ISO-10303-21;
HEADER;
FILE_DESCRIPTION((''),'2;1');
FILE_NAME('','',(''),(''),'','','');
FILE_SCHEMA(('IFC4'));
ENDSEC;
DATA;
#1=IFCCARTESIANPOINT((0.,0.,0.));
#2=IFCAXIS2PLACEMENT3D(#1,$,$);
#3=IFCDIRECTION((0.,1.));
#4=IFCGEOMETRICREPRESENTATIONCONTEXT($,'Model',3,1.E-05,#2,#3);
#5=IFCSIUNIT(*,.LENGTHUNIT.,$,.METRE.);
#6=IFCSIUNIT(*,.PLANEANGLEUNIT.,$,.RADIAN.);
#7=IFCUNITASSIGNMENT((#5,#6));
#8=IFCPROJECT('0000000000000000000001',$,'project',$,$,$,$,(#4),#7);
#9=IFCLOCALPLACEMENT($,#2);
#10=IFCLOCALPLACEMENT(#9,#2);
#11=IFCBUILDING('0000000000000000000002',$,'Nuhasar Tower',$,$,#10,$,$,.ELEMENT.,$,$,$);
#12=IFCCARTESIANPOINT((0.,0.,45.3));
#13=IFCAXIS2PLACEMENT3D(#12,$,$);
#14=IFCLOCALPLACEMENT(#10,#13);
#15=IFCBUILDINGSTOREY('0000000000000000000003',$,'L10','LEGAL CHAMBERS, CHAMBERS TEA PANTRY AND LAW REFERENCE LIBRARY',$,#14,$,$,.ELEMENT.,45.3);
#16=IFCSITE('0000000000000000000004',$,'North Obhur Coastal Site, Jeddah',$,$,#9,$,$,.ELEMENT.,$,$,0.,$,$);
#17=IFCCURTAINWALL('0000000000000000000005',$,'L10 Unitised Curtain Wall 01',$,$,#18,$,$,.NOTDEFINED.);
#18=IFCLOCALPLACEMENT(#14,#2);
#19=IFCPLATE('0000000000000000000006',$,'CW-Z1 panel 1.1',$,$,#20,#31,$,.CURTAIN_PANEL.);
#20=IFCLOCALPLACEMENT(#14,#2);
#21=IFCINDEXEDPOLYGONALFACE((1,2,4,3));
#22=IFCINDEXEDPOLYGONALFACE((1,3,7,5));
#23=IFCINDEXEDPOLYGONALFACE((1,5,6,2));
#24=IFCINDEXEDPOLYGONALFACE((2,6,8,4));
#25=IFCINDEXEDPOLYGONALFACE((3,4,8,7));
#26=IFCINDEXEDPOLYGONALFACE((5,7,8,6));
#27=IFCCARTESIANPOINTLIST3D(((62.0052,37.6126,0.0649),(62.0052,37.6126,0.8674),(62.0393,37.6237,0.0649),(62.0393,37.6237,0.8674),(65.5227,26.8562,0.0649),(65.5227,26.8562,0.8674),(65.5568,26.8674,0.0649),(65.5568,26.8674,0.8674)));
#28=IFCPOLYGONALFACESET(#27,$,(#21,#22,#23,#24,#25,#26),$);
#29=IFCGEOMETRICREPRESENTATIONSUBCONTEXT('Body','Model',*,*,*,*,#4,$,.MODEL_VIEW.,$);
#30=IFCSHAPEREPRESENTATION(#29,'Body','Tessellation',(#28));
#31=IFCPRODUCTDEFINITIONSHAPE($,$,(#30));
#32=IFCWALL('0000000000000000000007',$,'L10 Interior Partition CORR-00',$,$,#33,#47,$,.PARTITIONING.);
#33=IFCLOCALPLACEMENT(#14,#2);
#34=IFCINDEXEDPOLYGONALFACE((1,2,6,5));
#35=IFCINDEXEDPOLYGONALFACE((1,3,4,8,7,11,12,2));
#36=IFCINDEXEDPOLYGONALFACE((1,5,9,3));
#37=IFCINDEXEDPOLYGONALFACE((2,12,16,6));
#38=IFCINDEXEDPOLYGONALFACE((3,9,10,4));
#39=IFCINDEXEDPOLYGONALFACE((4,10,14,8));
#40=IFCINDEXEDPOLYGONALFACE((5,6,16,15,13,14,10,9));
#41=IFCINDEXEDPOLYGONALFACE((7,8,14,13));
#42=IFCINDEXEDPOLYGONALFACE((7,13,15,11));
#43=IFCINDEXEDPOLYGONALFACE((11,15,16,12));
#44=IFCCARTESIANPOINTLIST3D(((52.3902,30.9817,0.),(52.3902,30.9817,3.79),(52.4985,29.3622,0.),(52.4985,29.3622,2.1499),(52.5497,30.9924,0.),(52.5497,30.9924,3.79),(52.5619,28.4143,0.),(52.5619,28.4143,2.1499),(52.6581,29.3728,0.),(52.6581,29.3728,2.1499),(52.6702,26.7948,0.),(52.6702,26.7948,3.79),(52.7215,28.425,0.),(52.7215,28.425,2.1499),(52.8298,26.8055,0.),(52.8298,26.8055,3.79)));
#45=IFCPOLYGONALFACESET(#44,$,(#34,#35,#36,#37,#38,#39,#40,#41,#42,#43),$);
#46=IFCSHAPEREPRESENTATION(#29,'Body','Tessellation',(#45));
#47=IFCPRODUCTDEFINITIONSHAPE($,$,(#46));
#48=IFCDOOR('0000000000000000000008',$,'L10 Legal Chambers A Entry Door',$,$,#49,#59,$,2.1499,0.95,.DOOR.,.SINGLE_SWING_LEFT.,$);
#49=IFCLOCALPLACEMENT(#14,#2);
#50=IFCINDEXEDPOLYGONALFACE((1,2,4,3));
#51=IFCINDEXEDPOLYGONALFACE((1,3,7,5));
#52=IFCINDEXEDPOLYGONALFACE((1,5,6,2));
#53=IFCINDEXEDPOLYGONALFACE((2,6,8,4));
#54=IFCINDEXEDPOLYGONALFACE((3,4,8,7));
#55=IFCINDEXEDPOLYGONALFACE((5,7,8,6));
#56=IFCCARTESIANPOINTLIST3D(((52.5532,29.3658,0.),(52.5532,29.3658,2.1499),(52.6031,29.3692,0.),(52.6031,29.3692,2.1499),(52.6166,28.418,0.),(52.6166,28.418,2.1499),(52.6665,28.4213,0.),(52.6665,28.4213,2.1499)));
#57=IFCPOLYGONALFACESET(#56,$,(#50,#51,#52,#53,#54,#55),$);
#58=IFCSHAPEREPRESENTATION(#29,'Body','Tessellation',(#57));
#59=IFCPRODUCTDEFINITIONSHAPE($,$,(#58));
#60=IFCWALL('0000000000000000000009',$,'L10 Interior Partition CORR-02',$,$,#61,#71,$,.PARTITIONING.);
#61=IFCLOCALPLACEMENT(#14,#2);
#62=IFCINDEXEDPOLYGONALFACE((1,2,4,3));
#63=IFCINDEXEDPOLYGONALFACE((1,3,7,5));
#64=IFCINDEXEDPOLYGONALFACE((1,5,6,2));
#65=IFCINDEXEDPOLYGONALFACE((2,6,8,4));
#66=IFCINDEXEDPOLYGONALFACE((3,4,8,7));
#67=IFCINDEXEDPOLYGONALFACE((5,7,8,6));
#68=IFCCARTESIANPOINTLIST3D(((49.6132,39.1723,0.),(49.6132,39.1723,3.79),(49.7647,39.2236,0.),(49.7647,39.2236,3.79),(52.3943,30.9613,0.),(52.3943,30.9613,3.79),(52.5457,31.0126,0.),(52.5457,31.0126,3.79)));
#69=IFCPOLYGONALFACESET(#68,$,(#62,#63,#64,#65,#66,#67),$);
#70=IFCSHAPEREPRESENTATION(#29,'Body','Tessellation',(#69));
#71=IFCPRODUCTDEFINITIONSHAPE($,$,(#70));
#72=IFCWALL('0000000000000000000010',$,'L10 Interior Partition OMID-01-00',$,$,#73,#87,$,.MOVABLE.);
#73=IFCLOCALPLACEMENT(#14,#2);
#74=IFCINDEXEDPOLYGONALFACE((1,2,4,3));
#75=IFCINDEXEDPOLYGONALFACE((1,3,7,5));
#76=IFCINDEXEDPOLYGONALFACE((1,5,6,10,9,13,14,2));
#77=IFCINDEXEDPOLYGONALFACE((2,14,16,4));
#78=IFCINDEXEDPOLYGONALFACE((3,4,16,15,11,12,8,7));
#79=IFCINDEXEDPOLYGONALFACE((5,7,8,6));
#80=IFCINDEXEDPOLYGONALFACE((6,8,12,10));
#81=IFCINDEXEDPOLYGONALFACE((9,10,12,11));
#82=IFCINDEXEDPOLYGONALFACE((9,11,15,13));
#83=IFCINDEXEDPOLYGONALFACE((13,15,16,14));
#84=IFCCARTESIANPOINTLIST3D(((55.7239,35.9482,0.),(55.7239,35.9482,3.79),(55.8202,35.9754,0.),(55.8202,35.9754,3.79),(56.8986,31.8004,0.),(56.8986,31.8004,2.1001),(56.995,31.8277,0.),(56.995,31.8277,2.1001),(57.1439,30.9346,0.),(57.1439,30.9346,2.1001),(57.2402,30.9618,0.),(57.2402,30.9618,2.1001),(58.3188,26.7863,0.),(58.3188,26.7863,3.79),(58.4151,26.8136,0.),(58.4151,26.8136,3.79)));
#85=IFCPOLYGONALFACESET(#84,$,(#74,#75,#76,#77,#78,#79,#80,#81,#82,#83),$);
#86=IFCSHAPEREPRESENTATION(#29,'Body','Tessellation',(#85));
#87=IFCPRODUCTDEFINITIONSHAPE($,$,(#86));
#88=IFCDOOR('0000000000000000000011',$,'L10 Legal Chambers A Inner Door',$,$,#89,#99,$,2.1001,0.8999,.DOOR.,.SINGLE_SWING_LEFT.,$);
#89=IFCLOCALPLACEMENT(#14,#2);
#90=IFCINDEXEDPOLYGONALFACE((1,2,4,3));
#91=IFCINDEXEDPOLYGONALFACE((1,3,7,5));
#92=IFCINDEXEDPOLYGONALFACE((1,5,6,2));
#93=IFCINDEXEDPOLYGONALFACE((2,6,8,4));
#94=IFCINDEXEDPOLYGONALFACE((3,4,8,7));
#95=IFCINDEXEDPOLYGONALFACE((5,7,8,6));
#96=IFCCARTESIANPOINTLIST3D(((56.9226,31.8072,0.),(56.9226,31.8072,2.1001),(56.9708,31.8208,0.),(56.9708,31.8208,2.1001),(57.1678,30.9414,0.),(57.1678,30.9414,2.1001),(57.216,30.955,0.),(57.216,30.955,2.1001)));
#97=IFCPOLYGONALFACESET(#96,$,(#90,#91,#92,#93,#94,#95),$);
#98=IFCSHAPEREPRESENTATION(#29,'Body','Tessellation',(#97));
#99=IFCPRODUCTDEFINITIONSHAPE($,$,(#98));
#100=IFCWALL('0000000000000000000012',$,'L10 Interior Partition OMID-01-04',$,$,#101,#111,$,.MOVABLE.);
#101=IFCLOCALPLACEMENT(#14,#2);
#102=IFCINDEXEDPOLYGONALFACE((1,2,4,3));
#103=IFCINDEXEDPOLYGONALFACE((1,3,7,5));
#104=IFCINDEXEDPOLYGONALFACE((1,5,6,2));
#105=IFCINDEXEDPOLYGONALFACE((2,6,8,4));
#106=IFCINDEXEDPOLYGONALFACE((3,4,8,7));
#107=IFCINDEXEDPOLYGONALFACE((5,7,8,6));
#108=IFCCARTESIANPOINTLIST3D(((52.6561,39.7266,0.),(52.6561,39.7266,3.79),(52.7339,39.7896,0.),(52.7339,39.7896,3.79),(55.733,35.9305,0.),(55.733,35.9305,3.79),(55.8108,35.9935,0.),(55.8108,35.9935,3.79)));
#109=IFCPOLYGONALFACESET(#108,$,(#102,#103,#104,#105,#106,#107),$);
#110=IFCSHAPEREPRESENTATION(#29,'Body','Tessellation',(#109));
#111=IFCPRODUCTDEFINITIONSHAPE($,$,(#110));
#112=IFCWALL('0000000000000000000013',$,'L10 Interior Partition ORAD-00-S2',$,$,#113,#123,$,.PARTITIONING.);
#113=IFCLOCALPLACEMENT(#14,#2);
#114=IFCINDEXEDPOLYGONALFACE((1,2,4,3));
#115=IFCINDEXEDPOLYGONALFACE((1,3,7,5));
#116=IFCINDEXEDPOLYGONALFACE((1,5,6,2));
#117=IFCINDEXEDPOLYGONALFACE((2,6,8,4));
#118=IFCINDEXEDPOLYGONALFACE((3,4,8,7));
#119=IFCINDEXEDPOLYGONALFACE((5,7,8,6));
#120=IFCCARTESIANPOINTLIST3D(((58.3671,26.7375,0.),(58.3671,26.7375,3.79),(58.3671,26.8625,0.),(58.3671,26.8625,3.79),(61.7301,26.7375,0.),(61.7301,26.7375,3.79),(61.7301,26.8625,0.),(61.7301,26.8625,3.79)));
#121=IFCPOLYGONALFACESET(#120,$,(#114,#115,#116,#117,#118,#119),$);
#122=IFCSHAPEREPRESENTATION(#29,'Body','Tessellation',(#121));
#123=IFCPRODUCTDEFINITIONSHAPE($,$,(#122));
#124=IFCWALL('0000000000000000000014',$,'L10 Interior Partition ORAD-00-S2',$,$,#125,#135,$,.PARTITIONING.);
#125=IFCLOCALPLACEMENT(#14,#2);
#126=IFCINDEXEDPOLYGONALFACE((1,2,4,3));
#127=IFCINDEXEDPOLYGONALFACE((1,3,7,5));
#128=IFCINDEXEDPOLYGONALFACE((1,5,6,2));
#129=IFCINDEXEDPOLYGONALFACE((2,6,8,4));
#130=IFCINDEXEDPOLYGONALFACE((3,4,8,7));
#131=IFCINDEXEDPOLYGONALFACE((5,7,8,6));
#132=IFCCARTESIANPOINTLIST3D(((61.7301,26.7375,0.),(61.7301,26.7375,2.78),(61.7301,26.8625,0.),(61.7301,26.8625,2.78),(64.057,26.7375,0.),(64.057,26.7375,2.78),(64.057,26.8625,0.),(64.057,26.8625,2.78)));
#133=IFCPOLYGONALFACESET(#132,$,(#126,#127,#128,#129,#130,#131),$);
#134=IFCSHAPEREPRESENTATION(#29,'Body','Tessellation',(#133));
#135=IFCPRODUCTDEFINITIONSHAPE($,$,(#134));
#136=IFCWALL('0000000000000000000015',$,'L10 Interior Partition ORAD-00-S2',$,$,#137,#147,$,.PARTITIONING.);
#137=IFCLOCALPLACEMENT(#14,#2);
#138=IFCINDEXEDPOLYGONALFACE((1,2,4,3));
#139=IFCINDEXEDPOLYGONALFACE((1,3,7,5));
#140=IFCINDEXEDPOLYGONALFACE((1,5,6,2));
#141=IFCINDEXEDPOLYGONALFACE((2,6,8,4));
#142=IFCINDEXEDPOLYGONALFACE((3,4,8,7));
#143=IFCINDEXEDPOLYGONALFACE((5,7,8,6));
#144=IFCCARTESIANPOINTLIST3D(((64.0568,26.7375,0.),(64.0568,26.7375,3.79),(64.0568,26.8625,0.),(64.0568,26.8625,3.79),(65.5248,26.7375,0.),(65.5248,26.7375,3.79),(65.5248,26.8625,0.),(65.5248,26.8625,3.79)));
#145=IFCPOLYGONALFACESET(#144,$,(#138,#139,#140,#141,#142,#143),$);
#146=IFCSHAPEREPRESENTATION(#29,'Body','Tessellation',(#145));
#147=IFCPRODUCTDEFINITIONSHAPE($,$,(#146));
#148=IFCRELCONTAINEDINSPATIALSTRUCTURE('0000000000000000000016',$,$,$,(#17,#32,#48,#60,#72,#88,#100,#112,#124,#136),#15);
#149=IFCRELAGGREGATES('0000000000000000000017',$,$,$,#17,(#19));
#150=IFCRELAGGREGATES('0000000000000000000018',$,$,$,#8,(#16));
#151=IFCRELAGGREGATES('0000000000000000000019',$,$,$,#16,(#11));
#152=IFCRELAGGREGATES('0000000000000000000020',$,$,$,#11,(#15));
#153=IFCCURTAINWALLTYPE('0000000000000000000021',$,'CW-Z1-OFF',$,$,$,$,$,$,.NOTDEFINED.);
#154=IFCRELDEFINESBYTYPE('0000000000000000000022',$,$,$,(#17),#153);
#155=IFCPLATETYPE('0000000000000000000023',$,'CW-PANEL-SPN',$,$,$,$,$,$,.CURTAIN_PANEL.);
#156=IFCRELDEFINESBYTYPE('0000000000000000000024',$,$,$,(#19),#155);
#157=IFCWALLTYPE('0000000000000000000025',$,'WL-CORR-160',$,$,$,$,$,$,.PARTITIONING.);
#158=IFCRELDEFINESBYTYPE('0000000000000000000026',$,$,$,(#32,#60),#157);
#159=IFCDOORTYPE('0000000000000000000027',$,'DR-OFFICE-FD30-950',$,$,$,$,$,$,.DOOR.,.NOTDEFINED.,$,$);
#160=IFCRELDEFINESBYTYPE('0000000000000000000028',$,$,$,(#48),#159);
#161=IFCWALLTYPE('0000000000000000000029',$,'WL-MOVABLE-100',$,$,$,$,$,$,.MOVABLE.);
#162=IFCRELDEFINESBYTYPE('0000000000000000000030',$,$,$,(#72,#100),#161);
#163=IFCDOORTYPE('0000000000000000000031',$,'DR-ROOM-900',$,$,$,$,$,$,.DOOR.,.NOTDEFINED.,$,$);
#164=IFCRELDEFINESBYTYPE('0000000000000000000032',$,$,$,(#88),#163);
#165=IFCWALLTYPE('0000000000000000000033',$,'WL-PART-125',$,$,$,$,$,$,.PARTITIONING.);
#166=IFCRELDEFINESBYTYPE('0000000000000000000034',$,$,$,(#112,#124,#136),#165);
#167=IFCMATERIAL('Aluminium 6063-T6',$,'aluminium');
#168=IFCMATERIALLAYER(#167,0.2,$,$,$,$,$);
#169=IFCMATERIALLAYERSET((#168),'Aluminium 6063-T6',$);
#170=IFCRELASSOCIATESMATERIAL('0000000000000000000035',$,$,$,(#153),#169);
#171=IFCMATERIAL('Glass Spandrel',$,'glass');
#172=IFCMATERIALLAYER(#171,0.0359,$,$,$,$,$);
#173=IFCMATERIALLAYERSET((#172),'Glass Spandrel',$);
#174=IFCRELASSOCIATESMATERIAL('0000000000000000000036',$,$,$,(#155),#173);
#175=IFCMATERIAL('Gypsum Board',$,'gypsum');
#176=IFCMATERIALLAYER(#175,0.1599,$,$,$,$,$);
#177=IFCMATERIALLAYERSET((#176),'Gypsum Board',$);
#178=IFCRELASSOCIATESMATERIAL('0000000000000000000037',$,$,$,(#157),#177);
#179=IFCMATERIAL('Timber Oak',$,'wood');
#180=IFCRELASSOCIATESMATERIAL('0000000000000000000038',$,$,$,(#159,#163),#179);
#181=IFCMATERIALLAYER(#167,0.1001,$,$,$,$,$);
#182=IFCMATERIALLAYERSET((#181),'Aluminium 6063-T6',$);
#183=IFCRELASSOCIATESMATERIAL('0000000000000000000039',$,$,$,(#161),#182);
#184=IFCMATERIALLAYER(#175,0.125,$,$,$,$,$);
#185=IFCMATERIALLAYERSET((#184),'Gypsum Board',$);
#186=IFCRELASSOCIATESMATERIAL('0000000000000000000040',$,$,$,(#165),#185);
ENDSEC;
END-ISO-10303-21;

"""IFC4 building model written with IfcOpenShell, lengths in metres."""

from ifc_helpers import new_model, si_unit, direction, frame, frame_2d, origin, origin_2d, place, context, subcontext, project, spatial, rectangle, extrude, material, layer, layer_set, type_object, element, fill, aggregate, save


model = new_model("IFC4")

# Units and contexts
model_context = context("Model", 3, precision=1e-05, world=origin(), true_north=direction((0.0, 1.0)))
body_context = subcontext(model_context, "Body", "Model", "MODEL_VIEW")
ifc_project = project(units=[si_unit("LENGTHUNIT", "METRE"), si_unit("PLANEANGLEUNIT", "RADIAN")], contexts=[model_context])

# Site, building, storey
site_placement = place(None, origin())
site = spatial("IfcSite", under=ifc_project, at=site_placement, Name="North Obhur Coastal Site, Jeddah", CompositionType="ELEMENT", RefElevation=0.0)
building_placement = place(site_placement, origin())
building = spatial("IfcBuilding", under=site, at=building_placement, Name="Nuhasar Tower", CompositionType="ELEMENT")
storey_placement = place(building_placement, frame((0.0, 0.0, 45.3)))
storey = spatial("IfcBuildingStorey", under=building, at=storey_placement, Name="L10", Description="LEGAL CHAMBERS, CHAMBERS TEA PANTRY AND LAW REFERENCE LIBRARY", CompositionType="ELEMENT", Elevation=45.3)

# Curtain wall
ifc_material_1 = material(Name="Aluminium 6063-T6", Category="aluminium")
ifc_layer_1 = layer(ifc_material_1, 0.2)
ifc_layer_set_1 = layer_set([ifc_layer_1], Name="Aluminium 6063-T6")
curtain_wall_type = type_object("IfcCurtainWallType", Name="CW-Z1-OFF", PredefinedType="NOTDEFINED", material=ifc_layer_set_1)
curtain_wall_placement = place(storey_placement, origin())
curtain_wall = element("IfcCurtainWall", 1, at=curtain_wall_placement, inside=storey, type_object=curtain_wall_type, Name="L10 Unitised Curtain Wall 01", PredefinedType="NOTDEFINED")

# Plate
ifc_material_2 = material(Name="Glass Spandrel", Category="glass")
ifc_layer_2 = layer(ifc_material_2, 0.0359)
ifc_layer_set_2 = layer_set([ifc_layer_2], Name="Glass Spandrel")
plate_type_1 = type_object("IfcPlateType", Name="CW-PANEL-SPN", PredefinedType="CURTAIN_PANEL", material=ifc_layer_set_2)
plate_1_placement = place(storey_placement, frame((63.781, 32.24, 0.0649), z_axis=(0.0, 0.0, 1.0), x_axis=(-0.310824, 0.950468, 0.0)))
plate_1 = element("IfcPlate", 2, at=plate_1_placement, type_object=plate_type_1, Name="CW-Z1 panel 1.1", PredefinedType="CURTAIN_PANEL", context=body_context, shape_type="SweptSolid", body=[
    extrude(rectangle(XDim=11.3169, YDim=0.0359, at=origin_2d()), origin(), (0.0, 0.0, 1.0), 0.8025),
])
aggregate(curtain_wall, [plate_1])

# Wall, opening, door
ifc_material_3 = material(Name="Gypsum Board", Category="gypsum")
ifc_layer_3 = layer(ifc_material_3, 0.1599)
ifc_layer_set_3 = layer_set([ifc_layer_3], Name="Gypsum Board")
wall_type_1 = type_object("IfcWallType", Name="WL-CORR-160", PredefinedType="PARTITIONING", material=ifc_layer_set_3)
wall_1_placement = place(storey_placement, frame((52.47, 30.9871, 0.0), z_axis=(0.0, 0.0, 1.0), x_axis=(0.066731, -0.997771, 0.0)))
wall_1 = element("IfcWall", 3, at=wall_1_placement, inside=storey, type_object=wall_type_1, Name="L10 Interior Partition CORR-00", PredefinedType="PARTITIONING", context=body_context, shape_type="SweptSolid", body=[
    extrude(rectangle(XDim=4.1963, YDim=0.1599, at=frame_2d((2.0981, 0.0))), origin(), (0.0, 0.0, 1.0), 3.79),
])
opening_1_placement = place(wall_1_placement, frame((1.623, 0.0, 0.0)))
opening_1 = element("IfcOpeningElement", 4, at=opening_1_placement, cuts=wall_1, PredefinedType="OPENING", context=body_context, shape_type="SweptSolid", body=[
    extrude(rectangle(XDim=0.95, YDim=2.1499, at=frame_2d((0.4751, 1.075))), frame((0.0, 0.0898, 0.0), z_axis=(0.0, -1.0, 0.0), x_axis=(1.0, 0.0, 0.0)), (0.0, 0.0, 1.0), 0.1799),
])
ifc_material_4 = material(Name="Timber Oak", Category="wood")
door_type_1 = type_object("IfcDoorType", Name="DR-OFFICE-FD30-950", OperationType="NOTDEFINED", PredefinedType="DOOR", material=ifc_material_4)
door_1_placement = place(opening_1_placement, origin())
door_1 = element("IfcDoor", 5, at=door_1_placement, inside=storey, type_object=door_type_1, Name="L10 Legal Chambers A Entry Door", OperationType="SINGLE_SWING_LEFT", OverallHeight=2.1499, OverallWidth=0.95, PredefinedType="DOOR", context=body_context, shape_type="SweptSolid", body=[
    extrude(rectangle(XDim=0.95, YDim=2.1499, at=frame_2d((0.4751, 1.075))), frame((0.0, 0.0249, 0.0), z_axis=(0.0, -1.0, 0.0), x_axis=(1.0, 0.0, 0.0)), (0.0, 0.0, 1.0), 0.05),
])
fill(opening_1, door_1)

# Wall
wall_2_placement = place(storey_placement, frame((52.47, 30.9871, 0.0), z_axis=(0.0, 0.0, 1.0), x_axis=(-0.320795, 0.947149, 0.0)))
element("IfcWall", 6, at=wall_2_placement, inside=storey, type_object=wall_type_1, Name="L10 Interior Partition CORR-02", PredefinedType="PARTITIONING", context=body_context, shape_type="SweptSolid", body=[
    extrude(rectangle(XDim=8.6692, YDim=0.1599, at=frame_2d((4.3345, 0.0))), origin(), (0.0, 0.0, 1.0), 3.79),
])

# Wall, opening, door
ifc_layer_4 = layer(ifc_material_1, 0.1001)
ifc_layer_set_4 = layer_set([ifc_layer_4], Name="Aluminium 6063-T6")
wall_type_2 = type_object("IfcWallType", Name="WL-MOVABLE-100", PredefinedType="MOVABLE", material=ifc_layer_set_4)
wall_3_placement = place(storey_placement, frame((55.772, 35.9619, 0.0), z_axis=(0.0, 0.0, 1.0), x_axis=(0.272516, -0.962151, 0.0)))
wall_3 = element("IfcWall", 7, at=wall_3_placement, inside=storey, type_object=wall_type_2, Name="L10 Interior Partition OMID-01-00", PredefinedType="MOVABLE", context=body_context, shape_type="SweptSolid", body=[
    extrude(rectangle(XDim=9.5222, YDim=0.1001, at=frame_2d((4.7612, 0.0))), origin(), (0.0, 0.0, 1.0), 3.79),
])
opening_2_placement = place(wall_3_placement, frame((4.311, 0.0, 0.0)))
opening_2 = element("IfcOpeningElement", 8, at=opening_2_placement, cuts=wall_3, PredefinedType="OPENING", context=body_context, shape_type="SweptSolid", body=[
    extrude(rectangle(XDim=0.8999, YDim=2.1001, at=frame_2d((0.45, 1.05))), frame((0.0, 0.0601, 0.0), z_axis=(0.0, -1.0, 0.0), x_axis=(1.0, 0.0, 0.0)), (0.0, 0.0, 1.0), 0.1201),
])
door_type_2 = type_object("IfcDoorType", Name="DR-ROOM-900", OperationType="NOTDEFINED", PredefinedType="DOOR", material=ifc_material_4)
door_2_placement = place(opening_2_placement, origin())
door_2 = element("IfcDoor", 9, at=door_2_placement, inside=storey, type_object=door_type_2, Name="L10 Legal Chambers A Inner Door", OperationType="SINGLE_SWING_LEFT", OverallHeight=2.1001, OverallWidth=0.8999, PredefinedType="DOOR", context=body_context, shape_type="SweptSolid", body=[
    extrude(rectangle(XDim=0.8999, YDim=2.1001, at=frame_2d((0.45, 1.05))), frame((0.0, 0.0249, 0.0), z_axis=(0.0, -1.0, 0.0), x_axis=(1.0, 0.0, 0.0)), (0.0, 0.0, 1.0), 0.05),
])
fill(opening_2, door_2)

# Walls
wall_4_placement = place(storey_placement, frame((55.772, 35.9619, 0.0), z_axis=(0.0, 0.0, 1.0), x_axis=(-0.629672, 0.776861, 0.0)))
element("IfcWall", 10, at=wall_4_placement, inside=storey, type_object=wall_type_2, Name="L10 Interior Partition OMID-01-04", PredefinedType="MOVABLE", context=body_context, shape_type="SweptSolid", body=[
    extrude(rectangle(XDim=4.8865, YDim=0.1001, at=frame_2d((2.4434, 0.0))), origin(), (0.0, 0.0, 1.0), 3.79),
])
ifc_layer_5 = layer(ifc_material_3, 0.125)
ifc_layer_set_5 = layer_set([ifc_layer_5], Name="Gypsum Board")
wall_type_3 = type_object("IfcWallType", Name="WL-PART-125", PredefinedType="PARTITIONING", material=ifc_layer_set_5)
wall_5_placement = place(storey_placement, frame((58.3669, 26.8, 0.0), z_axis=(0.0, 0.0, 1.0), x_axis=(1.0, 0.0, 0.0)))
element("IfcWall", 11, at=wall_5_placement, inside=storey, type_object=wall_type_3, Name="L10 Interior Partition ORAD-00-S2", PredefinedType="PARTITIONING", context=body_context, shape_type="SweptSolid", body=[
    extrude(rectangle(XDim=3.363, YDim=0.125, at=frame_2d((1.6816, 0.0))), origin(), (0.0, 0.0, 1.0), 3.79),
])
wall_6_placement = place(storey_placement, frame((61.73, 26.8, 0.0), z_axis=(0.0, 0.0, 1.0), x_axis=(1.0, 0.0, 0.0)))
element("IfcWall", 12, at=wall_6_placement, inside=storey, type_object=wall_type_3, Name="L10 Interior Partition ORAD-00-S2", PredefinedType="PARTITIONING", context=body_context, shape_type="SweptSolid", body=[
    extrude(rectangle(XDim=2.3269, YDim=0.125, at=frame_2d((1.1636, 0.0))), origin(), (0.0, 0.0, 1.0), 2.78),
])
wall_7_placement = place(storey_placement, frame((64.0569, 26.8, 0.0), z_axis=(0.0, 0.0, 1.0), x_axis=(1.0, 0.0, 0.0)))
element("IfcWall", 13, at=wall_7_placement, inside=storey, type_object=wall_type_3, Name="L10 Interior Partition ORAD-00-S2", PredefinedType="PARTITIONING", context=body_context, shape_type="SweptSolid", body=[
    extrude(rectangle(XDim=1.468, YDim=0.125, at=frame_2d((0.7339, 0.0))), origin(), (0.0, 0.0, 1.0), 3.79),
])

save(model, "model.ifc")
